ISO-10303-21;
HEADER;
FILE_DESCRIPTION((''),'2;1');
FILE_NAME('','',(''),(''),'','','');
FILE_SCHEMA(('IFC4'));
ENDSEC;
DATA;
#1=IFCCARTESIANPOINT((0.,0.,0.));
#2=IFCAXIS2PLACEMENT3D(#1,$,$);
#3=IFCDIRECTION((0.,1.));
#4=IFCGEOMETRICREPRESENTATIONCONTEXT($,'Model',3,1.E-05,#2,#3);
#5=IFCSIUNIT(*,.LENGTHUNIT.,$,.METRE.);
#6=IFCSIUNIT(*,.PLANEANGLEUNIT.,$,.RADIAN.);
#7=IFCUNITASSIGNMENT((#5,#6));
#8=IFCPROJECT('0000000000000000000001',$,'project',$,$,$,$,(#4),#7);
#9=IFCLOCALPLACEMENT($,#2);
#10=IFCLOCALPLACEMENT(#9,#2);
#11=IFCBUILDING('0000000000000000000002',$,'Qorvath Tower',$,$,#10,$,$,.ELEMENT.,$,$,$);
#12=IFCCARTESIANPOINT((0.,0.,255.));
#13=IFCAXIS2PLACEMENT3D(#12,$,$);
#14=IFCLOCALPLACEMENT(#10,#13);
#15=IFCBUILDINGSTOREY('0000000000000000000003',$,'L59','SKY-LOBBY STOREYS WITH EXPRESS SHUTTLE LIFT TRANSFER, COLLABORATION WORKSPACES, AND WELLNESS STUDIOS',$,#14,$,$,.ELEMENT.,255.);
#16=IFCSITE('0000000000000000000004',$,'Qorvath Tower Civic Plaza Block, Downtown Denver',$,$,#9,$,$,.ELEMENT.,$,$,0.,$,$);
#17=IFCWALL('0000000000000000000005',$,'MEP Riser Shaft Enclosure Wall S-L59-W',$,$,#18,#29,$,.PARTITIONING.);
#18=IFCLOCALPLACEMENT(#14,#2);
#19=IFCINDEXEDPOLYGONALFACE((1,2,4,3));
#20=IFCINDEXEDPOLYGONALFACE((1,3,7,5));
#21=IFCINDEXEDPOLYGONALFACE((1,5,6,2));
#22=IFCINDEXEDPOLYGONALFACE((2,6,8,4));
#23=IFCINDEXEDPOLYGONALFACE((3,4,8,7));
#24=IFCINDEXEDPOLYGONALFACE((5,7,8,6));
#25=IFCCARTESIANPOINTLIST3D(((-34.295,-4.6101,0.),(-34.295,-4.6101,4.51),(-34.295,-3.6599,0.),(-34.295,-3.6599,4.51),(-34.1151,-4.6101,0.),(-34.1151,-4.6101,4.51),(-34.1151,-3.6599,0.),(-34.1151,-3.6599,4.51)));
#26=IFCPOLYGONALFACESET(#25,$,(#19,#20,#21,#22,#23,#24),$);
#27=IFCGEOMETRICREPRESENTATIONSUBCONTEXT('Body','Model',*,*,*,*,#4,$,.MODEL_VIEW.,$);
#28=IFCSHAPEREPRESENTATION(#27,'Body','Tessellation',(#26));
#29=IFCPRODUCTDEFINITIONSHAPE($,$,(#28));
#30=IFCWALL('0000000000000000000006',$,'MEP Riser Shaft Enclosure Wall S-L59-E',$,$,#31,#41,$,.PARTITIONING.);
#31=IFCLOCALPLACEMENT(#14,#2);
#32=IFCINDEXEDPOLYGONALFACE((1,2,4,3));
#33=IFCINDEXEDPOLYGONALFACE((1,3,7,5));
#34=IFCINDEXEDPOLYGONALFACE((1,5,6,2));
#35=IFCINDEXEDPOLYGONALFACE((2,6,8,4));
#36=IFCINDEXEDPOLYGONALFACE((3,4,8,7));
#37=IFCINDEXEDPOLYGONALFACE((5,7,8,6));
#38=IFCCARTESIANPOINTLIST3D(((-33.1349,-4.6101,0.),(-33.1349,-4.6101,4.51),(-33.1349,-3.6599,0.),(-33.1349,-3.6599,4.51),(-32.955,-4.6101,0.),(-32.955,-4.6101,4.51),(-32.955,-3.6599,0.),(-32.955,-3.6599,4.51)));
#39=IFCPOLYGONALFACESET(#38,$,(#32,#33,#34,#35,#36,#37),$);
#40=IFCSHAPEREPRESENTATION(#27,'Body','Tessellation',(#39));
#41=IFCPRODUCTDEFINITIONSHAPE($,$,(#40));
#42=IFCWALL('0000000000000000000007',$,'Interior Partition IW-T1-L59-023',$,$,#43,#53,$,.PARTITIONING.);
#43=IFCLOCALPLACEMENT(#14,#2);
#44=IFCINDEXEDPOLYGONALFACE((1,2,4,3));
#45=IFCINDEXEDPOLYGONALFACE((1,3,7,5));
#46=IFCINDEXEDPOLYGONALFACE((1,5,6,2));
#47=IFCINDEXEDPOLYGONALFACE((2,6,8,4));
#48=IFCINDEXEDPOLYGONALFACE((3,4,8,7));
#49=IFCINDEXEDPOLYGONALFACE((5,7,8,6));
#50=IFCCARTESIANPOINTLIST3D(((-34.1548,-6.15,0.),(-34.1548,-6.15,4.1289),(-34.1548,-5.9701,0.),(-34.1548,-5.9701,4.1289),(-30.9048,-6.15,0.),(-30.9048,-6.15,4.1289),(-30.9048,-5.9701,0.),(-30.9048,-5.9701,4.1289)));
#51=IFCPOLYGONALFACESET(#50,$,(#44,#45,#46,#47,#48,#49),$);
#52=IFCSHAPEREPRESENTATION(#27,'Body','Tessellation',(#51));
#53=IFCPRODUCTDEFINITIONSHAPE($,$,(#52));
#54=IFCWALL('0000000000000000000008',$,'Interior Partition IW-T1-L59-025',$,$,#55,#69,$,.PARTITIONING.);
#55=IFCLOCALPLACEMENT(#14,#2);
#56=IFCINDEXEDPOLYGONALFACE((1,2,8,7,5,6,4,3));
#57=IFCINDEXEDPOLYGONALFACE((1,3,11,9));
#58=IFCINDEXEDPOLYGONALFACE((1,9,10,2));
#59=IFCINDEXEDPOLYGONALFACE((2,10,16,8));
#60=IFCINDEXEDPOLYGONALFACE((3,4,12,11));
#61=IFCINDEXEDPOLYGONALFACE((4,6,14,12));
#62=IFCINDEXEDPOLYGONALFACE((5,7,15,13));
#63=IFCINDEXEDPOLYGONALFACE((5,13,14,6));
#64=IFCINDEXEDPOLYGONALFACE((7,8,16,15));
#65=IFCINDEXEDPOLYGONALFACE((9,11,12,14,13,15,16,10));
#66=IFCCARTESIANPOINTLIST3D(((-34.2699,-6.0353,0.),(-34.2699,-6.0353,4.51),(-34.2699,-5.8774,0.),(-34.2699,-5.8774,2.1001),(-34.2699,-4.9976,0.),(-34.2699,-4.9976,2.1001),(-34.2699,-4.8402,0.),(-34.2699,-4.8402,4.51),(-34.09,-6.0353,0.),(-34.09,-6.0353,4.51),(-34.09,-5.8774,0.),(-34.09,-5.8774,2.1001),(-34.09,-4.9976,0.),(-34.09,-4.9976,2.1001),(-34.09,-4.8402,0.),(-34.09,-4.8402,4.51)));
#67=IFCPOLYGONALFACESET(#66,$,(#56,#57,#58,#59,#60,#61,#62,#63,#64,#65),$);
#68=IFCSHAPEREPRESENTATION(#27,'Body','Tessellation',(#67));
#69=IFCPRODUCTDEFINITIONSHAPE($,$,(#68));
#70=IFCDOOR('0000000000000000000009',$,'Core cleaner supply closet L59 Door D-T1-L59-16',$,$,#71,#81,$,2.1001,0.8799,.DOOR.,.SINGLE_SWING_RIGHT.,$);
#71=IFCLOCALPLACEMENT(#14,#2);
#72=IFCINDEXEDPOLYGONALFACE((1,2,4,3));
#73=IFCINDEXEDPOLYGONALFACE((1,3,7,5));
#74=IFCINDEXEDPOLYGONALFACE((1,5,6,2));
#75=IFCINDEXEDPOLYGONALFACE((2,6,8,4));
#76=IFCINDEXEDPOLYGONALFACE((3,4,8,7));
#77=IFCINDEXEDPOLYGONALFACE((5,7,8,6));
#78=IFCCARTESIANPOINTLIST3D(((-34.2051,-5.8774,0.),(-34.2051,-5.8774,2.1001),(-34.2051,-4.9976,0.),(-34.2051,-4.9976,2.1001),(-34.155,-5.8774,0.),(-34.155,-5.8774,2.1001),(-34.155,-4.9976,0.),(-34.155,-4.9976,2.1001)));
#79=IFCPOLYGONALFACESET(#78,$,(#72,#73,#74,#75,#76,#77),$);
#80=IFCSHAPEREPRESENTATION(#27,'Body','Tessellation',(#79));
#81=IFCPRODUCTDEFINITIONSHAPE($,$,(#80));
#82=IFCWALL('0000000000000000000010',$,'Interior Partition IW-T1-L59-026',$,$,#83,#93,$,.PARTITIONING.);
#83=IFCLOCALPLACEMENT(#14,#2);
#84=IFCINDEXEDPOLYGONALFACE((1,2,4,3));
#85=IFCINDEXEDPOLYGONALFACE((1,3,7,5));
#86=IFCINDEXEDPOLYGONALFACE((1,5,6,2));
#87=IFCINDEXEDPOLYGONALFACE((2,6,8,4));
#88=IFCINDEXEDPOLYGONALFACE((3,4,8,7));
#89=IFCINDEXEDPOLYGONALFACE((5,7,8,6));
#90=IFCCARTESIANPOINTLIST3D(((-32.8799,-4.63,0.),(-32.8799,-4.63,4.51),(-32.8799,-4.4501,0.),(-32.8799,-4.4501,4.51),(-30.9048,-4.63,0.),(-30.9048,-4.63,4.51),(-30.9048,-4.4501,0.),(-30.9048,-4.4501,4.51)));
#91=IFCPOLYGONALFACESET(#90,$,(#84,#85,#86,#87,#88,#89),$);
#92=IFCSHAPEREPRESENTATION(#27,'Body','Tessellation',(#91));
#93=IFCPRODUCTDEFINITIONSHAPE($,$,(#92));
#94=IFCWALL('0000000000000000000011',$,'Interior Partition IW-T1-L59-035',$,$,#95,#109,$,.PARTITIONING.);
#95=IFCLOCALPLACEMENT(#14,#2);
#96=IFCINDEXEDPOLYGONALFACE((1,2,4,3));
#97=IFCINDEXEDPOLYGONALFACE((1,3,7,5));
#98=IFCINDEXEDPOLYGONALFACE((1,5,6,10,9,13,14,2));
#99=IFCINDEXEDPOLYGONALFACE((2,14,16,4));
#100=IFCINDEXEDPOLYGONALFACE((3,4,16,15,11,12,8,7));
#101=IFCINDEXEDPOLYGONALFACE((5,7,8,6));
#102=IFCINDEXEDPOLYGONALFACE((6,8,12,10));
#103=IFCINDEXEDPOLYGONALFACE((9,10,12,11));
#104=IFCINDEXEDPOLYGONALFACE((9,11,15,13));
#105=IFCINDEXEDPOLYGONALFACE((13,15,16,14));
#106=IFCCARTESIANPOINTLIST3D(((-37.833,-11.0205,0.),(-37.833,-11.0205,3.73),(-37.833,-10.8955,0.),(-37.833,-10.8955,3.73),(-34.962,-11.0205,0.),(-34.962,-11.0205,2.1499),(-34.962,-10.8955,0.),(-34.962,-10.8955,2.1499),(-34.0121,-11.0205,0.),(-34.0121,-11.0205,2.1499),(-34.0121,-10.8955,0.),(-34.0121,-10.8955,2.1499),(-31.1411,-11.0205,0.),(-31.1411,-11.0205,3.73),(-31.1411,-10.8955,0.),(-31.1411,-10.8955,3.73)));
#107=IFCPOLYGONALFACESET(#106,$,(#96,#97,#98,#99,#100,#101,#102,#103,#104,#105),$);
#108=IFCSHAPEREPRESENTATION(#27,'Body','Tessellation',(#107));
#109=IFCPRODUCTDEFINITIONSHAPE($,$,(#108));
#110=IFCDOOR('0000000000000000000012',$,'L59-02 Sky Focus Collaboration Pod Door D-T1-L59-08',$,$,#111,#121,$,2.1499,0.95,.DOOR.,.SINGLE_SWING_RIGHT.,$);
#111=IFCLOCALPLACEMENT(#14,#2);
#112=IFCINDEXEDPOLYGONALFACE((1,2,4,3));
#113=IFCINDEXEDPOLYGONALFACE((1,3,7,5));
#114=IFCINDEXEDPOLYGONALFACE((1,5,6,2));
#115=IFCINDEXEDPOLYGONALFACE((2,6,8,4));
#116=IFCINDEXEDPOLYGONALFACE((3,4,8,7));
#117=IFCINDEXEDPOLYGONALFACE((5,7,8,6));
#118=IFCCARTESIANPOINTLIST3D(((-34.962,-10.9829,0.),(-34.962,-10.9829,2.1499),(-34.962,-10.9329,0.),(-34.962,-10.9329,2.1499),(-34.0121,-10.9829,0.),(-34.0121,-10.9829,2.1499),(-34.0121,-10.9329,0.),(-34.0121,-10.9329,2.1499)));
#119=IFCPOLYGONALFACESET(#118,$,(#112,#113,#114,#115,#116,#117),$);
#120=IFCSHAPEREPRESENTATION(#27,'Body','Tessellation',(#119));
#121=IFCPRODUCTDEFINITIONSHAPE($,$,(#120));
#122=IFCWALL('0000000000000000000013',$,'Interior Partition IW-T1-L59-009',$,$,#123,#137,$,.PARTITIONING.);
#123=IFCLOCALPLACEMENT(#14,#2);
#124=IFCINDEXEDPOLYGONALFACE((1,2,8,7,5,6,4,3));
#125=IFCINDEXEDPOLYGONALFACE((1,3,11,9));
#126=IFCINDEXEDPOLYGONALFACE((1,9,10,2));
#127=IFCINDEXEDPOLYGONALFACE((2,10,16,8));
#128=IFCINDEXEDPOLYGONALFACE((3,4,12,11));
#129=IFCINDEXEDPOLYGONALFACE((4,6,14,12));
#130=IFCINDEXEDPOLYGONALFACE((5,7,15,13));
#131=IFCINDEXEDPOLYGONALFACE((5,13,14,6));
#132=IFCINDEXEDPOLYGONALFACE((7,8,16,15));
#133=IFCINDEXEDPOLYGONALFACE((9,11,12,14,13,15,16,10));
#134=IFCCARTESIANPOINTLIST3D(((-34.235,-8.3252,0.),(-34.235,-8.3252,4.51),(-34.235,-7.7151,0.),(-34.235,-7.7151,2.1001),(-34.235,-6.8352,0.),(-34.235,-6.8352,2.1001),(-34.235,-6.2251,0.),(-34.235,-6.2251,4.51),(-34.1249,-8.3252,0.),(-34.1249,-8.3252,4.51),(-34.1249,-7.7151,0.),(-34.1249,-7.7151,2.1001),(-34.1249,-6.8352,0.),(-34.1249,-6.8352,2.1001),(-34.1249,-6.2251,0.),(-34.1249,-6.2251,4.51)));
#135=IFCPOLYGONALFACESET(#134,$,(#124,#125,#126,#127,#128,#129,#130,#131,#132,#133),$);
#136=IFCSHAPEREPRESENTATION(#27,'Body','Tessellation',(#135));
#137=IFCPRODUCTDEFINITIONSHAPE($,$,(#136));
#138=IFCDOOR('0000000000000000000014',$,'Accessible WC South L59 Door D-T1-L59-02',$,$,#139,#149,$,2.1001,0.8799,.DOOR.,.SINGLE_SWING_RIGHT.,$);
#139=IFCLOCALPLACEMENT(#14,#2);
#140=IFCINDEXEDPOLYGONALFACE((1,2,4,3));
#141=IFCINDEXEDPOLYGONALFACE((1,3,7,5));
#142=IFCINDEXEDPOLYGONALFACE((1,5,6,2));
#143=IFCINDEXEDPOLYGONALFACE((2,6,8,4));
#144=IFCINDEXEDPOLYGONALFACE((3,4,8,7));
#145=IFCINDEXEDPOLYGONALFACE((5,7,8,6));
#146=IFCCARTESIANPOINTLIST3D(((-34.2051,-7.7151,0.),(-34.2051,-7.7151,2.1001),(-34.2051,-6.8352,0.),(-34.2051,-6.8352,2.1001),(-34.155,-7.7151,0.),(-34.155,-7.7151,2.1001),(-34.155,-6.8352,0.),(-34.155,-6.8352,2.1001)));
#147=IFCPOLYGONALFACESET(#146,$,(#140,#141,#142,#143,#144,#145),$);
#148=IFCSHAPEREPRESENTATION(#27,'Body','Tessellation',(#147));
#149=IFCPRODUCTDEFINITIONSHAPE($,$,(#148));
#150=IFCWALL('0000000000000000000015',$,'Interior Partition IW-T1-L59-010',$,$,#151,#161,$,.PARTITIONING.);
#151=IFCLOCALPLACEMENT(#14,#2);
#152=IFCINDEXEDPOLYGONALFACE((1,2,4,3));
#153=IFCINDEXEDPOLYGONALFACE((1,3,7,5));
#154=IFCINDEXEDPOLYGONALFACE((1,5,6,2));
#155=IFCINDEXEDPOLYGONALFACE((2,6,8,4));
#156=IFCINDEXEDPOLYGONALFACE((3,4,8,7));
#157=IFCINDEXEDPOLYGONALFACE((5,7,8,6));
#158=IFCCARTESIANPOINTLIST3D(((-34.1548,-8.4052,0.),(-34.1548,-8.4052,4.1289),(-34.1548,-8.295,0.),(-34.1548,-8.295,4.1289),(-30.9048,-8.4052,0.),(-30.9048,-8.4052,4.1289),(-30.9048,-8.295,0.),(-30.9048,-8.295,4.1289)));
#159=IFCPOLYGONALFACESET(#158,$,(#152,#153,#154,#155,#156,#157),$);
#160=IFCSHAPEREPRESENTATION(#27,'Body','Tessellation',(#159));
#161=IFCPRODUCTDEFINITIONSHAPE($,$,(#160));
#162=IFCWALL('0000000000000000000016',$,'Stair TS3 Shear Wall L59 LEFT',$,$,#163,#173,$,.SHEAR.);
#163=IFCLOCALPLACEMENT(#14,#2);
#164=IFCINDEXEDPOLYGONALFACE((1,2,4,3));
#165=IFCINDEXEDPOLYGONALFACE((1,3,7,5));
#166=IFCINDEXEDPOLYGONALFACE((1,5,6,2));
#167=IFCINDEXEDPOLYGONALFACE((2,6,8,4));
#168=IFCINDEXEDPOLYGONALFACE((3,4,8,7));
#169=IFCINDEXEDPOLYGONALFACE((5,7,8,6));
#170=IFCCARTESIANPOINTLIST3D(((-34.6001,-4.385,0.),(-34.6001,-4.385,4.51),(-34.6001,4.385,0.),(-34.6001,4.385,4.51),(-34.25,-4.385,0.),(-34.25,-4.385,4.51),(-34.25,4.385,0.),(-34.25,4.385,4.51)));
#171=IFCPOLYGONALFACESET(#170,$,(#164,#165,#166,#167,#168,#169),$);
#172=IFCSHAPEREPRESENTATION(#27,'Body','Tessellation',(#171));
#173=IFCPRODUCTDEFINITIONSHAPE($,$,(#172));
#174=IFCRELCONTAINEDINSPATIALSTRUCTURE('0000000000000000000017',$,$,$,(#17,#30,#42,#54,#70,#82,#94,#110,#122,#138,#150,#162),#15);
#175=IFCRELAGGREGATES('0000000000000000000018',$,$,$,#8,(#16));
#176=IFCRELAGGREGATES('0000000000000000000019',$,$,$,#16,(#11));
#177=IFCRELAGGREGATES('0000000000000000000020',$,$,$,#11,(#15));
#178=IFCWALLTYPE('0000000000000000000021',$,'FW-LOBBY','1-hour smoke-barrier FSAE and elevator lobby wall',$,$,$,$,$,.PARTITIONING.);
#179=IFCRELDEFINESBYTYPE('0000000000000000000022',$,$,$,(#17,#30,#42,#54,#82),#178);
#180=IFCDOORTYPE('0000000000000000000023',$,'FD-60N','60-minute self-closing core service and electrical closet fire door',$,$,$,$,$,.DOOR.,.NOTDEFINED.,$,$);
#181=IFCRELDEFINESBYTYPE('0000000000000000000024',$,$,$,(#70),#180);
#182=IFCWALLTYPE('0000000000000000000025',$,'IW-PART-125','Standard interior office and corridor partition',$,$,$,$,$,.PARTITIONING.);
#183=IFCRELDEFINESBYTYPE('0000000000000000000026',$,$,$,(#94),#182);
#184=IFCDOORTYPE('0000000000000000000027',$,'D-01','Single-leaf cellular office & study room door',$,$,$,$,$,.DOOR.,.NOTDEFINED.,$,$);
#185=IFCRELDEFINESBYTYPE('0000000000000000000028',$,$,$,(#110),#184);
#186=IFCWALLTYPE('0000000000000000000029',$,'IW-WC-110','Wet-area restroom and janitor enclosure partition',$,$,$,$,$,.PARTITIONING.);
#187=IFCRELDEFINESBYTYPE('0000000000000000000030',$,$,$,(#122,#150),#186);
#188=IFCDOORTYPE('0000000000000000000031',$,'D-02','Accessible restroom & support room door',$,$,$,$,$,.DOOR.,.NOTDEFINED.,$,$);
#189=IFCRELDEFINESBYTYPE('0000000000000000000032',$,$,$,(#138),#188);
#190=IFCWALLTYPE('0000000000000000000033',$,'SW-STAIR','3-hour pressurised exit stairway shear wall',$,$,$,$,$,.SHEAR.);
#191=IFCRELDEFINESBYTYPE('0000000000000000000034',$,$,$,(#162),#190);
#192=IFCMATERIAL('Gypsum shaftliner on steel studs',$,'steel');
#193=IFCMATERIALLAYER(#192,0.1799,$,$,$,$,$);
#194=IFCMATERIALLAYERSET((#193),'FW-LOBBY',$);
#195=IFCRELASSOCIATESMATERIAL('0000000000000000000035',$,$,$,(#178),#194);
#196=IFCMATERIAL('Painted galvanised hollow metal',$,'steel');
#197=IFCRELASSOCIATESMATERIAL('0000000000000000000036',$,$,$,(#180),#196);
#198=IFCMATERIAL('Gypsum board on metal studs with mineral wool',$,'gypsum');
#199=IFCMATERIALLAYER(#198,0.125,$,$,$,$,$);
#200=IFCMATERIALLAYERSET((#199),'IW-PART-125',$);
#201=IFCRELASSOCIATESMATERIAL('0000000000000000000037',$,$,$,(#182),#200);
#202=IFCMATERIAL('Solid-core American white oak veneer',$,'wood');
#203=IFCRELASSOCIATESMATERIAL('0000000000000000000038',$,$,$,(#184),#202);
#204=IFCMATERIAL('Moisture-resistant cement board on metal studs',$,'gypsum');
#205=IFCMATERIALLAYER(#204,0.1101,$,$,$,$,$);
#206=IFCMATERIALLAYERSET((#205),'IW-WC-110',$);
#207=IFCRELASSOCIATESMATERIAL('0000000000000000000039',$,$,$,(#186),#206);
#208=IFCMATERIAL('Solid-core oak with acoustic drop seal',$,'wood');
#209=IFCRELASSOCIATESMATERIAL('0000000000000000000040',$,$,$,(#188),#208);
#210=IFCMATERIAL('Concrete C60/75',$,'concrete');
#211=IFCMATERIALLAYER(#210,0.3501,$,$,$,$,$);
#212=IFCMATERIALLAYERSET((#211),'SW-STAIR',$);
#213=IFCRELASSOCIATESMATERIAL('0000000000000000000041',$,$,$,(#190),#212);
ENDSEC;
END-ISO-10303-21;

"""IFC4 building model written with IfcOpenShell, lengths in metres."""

from ifc_helpers import new_model, si_unit, direction, frame, frame_2d, origin, place, context, subcontext, project, spatial, rectangle, extrude, material, layer, layer_set, type_object, element, fill, save


model = new_model("IFC4")

# Units and contexts
model_context = context("Model", 3, precision=1e-05, world=origin(), true_north=direction((0.0, 1.0)))
body_context = subcontext(model_context, "Body", "Model", "MODEL_VIEW")
ifc_project = project(units=[si_unit("LENGTHUNIT", "METRE"), si_unit("PLANEANGLEUNIT", "RADIAN")], contexts=[model_context])

# Site, building, storey
site_placement = place(None, origin())
site = spatial("IfcSite", under=ifc_project, at=site_placement, Name="Qorvath Tower Civic Plaza Block, Downtown Denver", CompositionType="ELEMENT", RefElevation=0.0)
building_placement = place(site_placement, origin())
building = spatial("IfcBuilding", under=site, at=building_placement, Name="Qorvath Tower", CompositionType="ELEMENT")
storey_placement = place(building_placement, frame((0.0, 0.0, 255.0)))
storey = spatial("IfcBuildingStorey", under=building, at=storey_placement, Name="L59", Description="SKY-LOBBY STOREYS WITH EXPRESS SHUTTLE LIFT TRANSFER, COLLABORATION WORKSPACES, AND WELLNESS STUDIOS", CompositionType="ELEMENT", Elevation=255.0)

# Walls
ifc_material_1 = material(Name="Gypsum shaftliner on steel studs", Category="steel")
ifc_layer_1 = layer(ifc_material_1, 0.1799)
ifc_layer_set_1 = layer_set([ifc_layer_1], Name="FW-LOBBY")
wall_type_1 = type_object("IfcWallType", Name="FW-LOBBY", Description="1-hour smoke-barrier FSAE and elevator lobby wall", PredefinedType="PARTITIONING", material=ifc_layer_set_1)
for number, where, z_axis, x_axis, name in (
    (1, (-34.2051, -4.6101, 0.0), (0.0, 0.0, 1.0), (0.0, 1.0, 0.0), "MEP Riser Shaft Enclosure Wall S-L59-W"),
    (2, (-33.0449, -3.6599, 0.0), (0.0, 0.0, 1.0), (0.0, -1.0, 0.0), "MEP Riser Shaft Enclosure Wall S-L59-E"),
):
    element("IfcWall", number, at=place(storey_placement, frame(where, z_axis=z_axis, x_axis=x_axis)), inside=storey, type_object=wall_type_1, Name=name, PredefinedType="PARTITIONING", context=body_context, shape_type="SweptSolid", body=[
        extrude(rectangle(XDim=0.9502, YDim=0.1799, at=frame_2d((0.4751, 0.0))), origin(), (0.0, 0.0, 1.0), 4.51),
    ])
wall_1_placement = place(storey_placement, frame((-34.1548, -6.0601, 0.0), z_axis=(0.0, 0.0, 1.0), x_axis=(1.0, 0.0, 0.0)))
element("IfcWall", 3, at=wall_1_placement, inside=storey, type_object=wall_type_1, Name="Interior Partition IW-T1-L59-023", PredefinedType="PARTITIONING", context=body_context, shape_type="SweptSolid", body=[
    extrude(rectangle(XDim=3.25, YDim=0.1799, at=frame_2d((1.625, 0.0))), origin(), (0.0, 0.0, 1.0), 4.1289),
])

# Wall, opening, door
wall_2_placement = place(storey_placement, frame((-34.1799, -4.8401, 0.0), z_axis=(0.0, 0.0, 1.0), x_axis=(0.0, -1.0, 0.0)))
wall_2 = element("IfcWall", 4, at=wall_2_placement, inside=storey, type_object=wall_type_1, Name="Interior Partition IW-T1-L59-025", PredefinedType="PARTITIONING", context=body_context, shape_type="SweptSolid", body=[
    extrude(rectangle(XDim=1.1951, YDim=0.1799, at=frame_2d((0.5977, 0.0))), origin(), (0.0, 0.0, 1.0), 4.51),
])
opening_1_placement = place(wall_2_placement, frame((0.1575, 0.0, 0.0)))
opening_1 = element("IfcOpeningElement", 5, at=opening_1_placement, cuts=wall_2, PredefinedType="OPENING", context=body_context, shape_type="SweptSolid", body=[
    extrude(rectangle(XDim=0.8799, YDim=2.1001, at=frame_2d((0.4399, 1.05))), frame((0.0, 0.1001, 0.0), z_axis=(0.0, -1.0, 0.0), x_axis=(1.0, 0.0, 0.0)), (0.0, 0.0, 1.0), 0.2),
])
ifc_material_2 = material(Name="Painted galvanised hollow metal", Category="steel")
door_type_1 = type_object("IfcDoorType", Name="FD-60N", Description="60-minute self-closing core service and electrical closet fire door", OperationType="NOTDEFINED", PredefinedType="DOOR", material=ifc_material_2)
door_1_placement = place(opening_1_placement, origin())
door_1 = element("IfcDoor", 6, at=door_1_placement, inside=storey, type_object=door_type_1, Name="Core cleaner supply closet L59 Door D-T1-L59-16", OperationType="SINGLE_SWING_RIGHT", OverallHeight=2.1001, OverallWidth=0.8799, PredefinedType="DOOR", context=body_context, shape_type="SweptSolid", body=[
    extrude(rectangle(XDim=0.8799, YDim=2.1001, at=frame_2d((0.4399, 1.05))), frame((0.0, 0.0249, 0.0), z_axis=(0.0, -1.0, 0.0), x_axis=(1.0, 0.0, 0.0)), (0.0, 0.0, 1.0), 0.05),
])
fill(opening_1, door_1)

# Wall
wall_3_placement = place(storey_placement, frame((-32.8799, -4.54, 0.0), z_axis=(0.0, 0.0, 1.0), x_axis=(1.0, 0.0, 0.0)))
element("IfcWall", 7, at=wall_3_placement, inside=storey, type_object=wall_type_1, Name="Interior Partition IW-T1-L59-026", PredefinedType="PARTITIONING", context=body_context, shape_type="SweptSolid", body=[
    extrude(rectangle(XDim=1.9751, YDim=0.1799, at=frame_2d((0.9875, 0.0))), origin(), (0.0, 0.0, 1.0), 4.51),
])

# Walls, openings, doors
ifc_material_3 = material(Name="Gypsum board on metal studs with mineral wool", Category="gypsum")
ifc_layer_2 = layer(ifc_material_3, 0.125)
ifc_layer_set_2 = layer_set([ifc_layer_2], Name="IW-PART-125")
wall_type_2 = type_object("IfcWallType", Name="IW-PART-125", Description="Standard interior office and corridor partition", PredefinedType="PARTITIONING", material=ifc_layer_set_2)
wall_4_placement = place(storey_placement, frame((-31.1411, -10.958, 0.0), z_axis=(0.0, 0.0, 1.0), x_axis=(-1.0, 0.0, 0.0)))
wall_4 = element("IfcWall", 8, at=wall_4_placement, inside=storey, type_object=wall_type_2, Name="Interior Partition IW-T1-L59-035", PredefinedType="PARTITIONING", context=body_context, shape_type="SweptSolid", body=[
    extrude(rectangle(XDim=6.6919, YDim=0.125, at=frame_2d((3.3459, 0.0))), origin(), (0.0, 0.0, 1.0), 3.73),
])
opening_2_placement = place(wall_4_placement, frame((2.8708, 0.0, 0.0)))
opening_2 = element("IfcOpeningElement", 9, at=opening_2_placement, cuts=wall_4, PredefinedType="OPENING", context=body_context, shape_type="SweptSolid", body=[
    extrude(rectangle(XDim=0.95, YDim=2.1499, at=frame_2d((0.4751, 1.075))), frame((0.0, 0.0725, 0.0), z_axis=(0.0, -1.0, 0.0), x_axis=(1.0, 0.0, 0.0)), (0.0, 0.0, 1.0), 0.145),
])
ifc_material_4 = material(Name="Solid-core American white oak veneer", Category="wood")
door_type_2 = type_object("IfcDoorType", Name="D-01", Description="Single-leaf cellular office & study room door", OperationType="NOTDEFINED", PredefinedType="DOOR", material=ifc_material_4)
door_2_placement = place(opening_2_placement, origin())
door_2 = element("IfcDoor", 10, at=door_2_placement, inside=storey, type_object=door_type_2, Name="L59-02 Sky Focus Collaboration Pod Door D-T1-L59-08", OperationType="SINGLE_SWING_RIGHT", OverallHeight=2.1499, OverallWidth=0.95, PredefinedType="DOOR", context=body_context, shape_type="SweptSolid", body=[
    extrude(rectangle(XDim=0.95, YDim=2.1499, at=frame_2d((0.4751, 1.075))), frame((0.0, 0.0249, 0.0), z_axis=(0.0, -1.0, 0.0), x_axis=(1.0, 0.0, 0.0)), (0.0, 0.0, 1.0), 0.05),
])
fill(opening_2, door_2)
ifc_material_5 = material(Name="Moisture-resistant cement board on metal studs", Category="gypsum")
ifc_layer_3 = layer(ifc_material_5, 0.1101)
ifc_layer_set_3 = layer_set([ifc_layer_3], Name="IW-WC-110")
wall_type_3 = type_object("IfcWallType", Name="IW-WC-110", Description="Wet-area restroom and janitor enclosure partition", PredefinedType="PARTITIONING", material=ifc_layer_set_3)
wall_5_placement = place(storey_placement, frame((-34.1799, -6.2251, 0.0), z_axis=(0.0, 0.0, 1.0), x_axis=(0.0, -1.0, 0.0)))
wall_5 = element("IfcWall", 11, at=wall_5_placement, inside=storey, type_object=wall_type_3, Name="Interior Partition IW-T1-L59-009", PredefinedType="PARTITIONING", context=body_context, shape_type="SweptSolid", body=[
    extrude(rectangle(XDim=2.1001, YDim=0.1101, at=frame_2d((1.05, 0.0))), origin(), (0.0, 0.0, 1.0), 4.51),
])
opening_3_placement = place(wall_5_placement, frame((0.6101, 0.0, 0.0)))
opening_3 = element("IfcOpeningElement", 12, at=opening_3_placement, cuts=wall_5, PredefinedType="OPENING", context=body_context, shape_type="SweptSolid", body=[
    extrude(rectangle(XDim=0.8799, YDim=2.1001, at=frame_2d((0.4399, 1.05))), frame((0.0, 0.0649, 0.0), z_axis=(0.0, -1.0, 0.0), x_axis=(1.0, 0.0, 0.0)), (0.0, 0.0, 1.0), 0.1301),
])
ifc_material_6 = material(Name="Solid-core oak with acoustic drop seal", Category="wood")
door_type_3 = type_object("IfcDoorType", Name="D-02", Description="Accessible restroom & support room door", OperationType="NOTDEFINED", PredefinedType="DOOR", material=ifc_material_6)
door_3_placement = place(opening_3_placement, origin())
door_3 = element("IfcDoor", 13, at=door_3_placement, inside=storey, type_object=door_type_3, Name="Accessible WC South L59 Door D-T1-L59-02", OperationType="SINGLE_SWING_RIGHT", OverallHeight=2.1001, OverallWidth=0.8799, PredefinedType="DOOR", context=body_context, shape_type="SweptSolid", body=[
    extrude(rectangle(XDim=0.8799, YDim=2.1001, at=frame_2d((0.4399, 1.05))), frame((0.0, 0.0249, 0.0), z_axis=(0.0, -1.0, 0.0), x_axis=(1.0, 0.0, 0.0)), (0.0, 0.0, 1.0), 0.05),
])
fill(opening_3, door_3)

# Walls
wall_6_placement = place(storey_placement, frame((-34.1548, -8.3501, 0.0), z_axis=(0.0, 0.0, 1.0), x_axis=(1.0, 0.0, 0.0)))
element("IfcWall", 14, at=wall_6_placement, inside=storey, type_object=wall_type_3, Name="Interior Partition IW-T1-L59-010", PredefinedType="PARTITIONING", context=body_context, shape_type="SweptSolid", body=[
    extrude(rectangle(XDim=3.25, YDim=0.1101, at=frame_2d((1.625, 0.0))), origin(), (0.0, 0.0, 1.0), 4.1289),
])
ifc_material_7 = material(Name="Concrete C60/75", Category="concrete")
ifc_layer_4 = layer(ifc_material_7, 0.3501)
ifc_layer_set_4 = layer_set([ifc_layer_4], Name="SW-STAIR")
wall_type_4 = type_object("IfcWallType", Name="SW-STAIR", Description="3-hour pressurised exit stairway shear wall", PredefinedType="SHEAR", material=ifc_layer_set_4)
wall_7_placement = place(storey_placement, frame((-34.425, -4.385, 0.0), z_axis=(0.0, 0.0, 1.0), x_axis=(0.0, 1.0, 0.0)))
element("IfcWall", 15, at=wall_7_placement, inside=storey, type_object=wall_type_4, Name="Stair TS3 Shear Wall L59 LEFT", PredefinedType="SHEAR", context=body_context, shape_type="SweptSolid", body=[
    extrude(rectangle(XDim=8.77, YDim=0.3501, at=frame_2d((4.385, 0.0))), origin(), (0.0, 0.0, 1.0), 4.51),
])

save(model, "model.ifc")
